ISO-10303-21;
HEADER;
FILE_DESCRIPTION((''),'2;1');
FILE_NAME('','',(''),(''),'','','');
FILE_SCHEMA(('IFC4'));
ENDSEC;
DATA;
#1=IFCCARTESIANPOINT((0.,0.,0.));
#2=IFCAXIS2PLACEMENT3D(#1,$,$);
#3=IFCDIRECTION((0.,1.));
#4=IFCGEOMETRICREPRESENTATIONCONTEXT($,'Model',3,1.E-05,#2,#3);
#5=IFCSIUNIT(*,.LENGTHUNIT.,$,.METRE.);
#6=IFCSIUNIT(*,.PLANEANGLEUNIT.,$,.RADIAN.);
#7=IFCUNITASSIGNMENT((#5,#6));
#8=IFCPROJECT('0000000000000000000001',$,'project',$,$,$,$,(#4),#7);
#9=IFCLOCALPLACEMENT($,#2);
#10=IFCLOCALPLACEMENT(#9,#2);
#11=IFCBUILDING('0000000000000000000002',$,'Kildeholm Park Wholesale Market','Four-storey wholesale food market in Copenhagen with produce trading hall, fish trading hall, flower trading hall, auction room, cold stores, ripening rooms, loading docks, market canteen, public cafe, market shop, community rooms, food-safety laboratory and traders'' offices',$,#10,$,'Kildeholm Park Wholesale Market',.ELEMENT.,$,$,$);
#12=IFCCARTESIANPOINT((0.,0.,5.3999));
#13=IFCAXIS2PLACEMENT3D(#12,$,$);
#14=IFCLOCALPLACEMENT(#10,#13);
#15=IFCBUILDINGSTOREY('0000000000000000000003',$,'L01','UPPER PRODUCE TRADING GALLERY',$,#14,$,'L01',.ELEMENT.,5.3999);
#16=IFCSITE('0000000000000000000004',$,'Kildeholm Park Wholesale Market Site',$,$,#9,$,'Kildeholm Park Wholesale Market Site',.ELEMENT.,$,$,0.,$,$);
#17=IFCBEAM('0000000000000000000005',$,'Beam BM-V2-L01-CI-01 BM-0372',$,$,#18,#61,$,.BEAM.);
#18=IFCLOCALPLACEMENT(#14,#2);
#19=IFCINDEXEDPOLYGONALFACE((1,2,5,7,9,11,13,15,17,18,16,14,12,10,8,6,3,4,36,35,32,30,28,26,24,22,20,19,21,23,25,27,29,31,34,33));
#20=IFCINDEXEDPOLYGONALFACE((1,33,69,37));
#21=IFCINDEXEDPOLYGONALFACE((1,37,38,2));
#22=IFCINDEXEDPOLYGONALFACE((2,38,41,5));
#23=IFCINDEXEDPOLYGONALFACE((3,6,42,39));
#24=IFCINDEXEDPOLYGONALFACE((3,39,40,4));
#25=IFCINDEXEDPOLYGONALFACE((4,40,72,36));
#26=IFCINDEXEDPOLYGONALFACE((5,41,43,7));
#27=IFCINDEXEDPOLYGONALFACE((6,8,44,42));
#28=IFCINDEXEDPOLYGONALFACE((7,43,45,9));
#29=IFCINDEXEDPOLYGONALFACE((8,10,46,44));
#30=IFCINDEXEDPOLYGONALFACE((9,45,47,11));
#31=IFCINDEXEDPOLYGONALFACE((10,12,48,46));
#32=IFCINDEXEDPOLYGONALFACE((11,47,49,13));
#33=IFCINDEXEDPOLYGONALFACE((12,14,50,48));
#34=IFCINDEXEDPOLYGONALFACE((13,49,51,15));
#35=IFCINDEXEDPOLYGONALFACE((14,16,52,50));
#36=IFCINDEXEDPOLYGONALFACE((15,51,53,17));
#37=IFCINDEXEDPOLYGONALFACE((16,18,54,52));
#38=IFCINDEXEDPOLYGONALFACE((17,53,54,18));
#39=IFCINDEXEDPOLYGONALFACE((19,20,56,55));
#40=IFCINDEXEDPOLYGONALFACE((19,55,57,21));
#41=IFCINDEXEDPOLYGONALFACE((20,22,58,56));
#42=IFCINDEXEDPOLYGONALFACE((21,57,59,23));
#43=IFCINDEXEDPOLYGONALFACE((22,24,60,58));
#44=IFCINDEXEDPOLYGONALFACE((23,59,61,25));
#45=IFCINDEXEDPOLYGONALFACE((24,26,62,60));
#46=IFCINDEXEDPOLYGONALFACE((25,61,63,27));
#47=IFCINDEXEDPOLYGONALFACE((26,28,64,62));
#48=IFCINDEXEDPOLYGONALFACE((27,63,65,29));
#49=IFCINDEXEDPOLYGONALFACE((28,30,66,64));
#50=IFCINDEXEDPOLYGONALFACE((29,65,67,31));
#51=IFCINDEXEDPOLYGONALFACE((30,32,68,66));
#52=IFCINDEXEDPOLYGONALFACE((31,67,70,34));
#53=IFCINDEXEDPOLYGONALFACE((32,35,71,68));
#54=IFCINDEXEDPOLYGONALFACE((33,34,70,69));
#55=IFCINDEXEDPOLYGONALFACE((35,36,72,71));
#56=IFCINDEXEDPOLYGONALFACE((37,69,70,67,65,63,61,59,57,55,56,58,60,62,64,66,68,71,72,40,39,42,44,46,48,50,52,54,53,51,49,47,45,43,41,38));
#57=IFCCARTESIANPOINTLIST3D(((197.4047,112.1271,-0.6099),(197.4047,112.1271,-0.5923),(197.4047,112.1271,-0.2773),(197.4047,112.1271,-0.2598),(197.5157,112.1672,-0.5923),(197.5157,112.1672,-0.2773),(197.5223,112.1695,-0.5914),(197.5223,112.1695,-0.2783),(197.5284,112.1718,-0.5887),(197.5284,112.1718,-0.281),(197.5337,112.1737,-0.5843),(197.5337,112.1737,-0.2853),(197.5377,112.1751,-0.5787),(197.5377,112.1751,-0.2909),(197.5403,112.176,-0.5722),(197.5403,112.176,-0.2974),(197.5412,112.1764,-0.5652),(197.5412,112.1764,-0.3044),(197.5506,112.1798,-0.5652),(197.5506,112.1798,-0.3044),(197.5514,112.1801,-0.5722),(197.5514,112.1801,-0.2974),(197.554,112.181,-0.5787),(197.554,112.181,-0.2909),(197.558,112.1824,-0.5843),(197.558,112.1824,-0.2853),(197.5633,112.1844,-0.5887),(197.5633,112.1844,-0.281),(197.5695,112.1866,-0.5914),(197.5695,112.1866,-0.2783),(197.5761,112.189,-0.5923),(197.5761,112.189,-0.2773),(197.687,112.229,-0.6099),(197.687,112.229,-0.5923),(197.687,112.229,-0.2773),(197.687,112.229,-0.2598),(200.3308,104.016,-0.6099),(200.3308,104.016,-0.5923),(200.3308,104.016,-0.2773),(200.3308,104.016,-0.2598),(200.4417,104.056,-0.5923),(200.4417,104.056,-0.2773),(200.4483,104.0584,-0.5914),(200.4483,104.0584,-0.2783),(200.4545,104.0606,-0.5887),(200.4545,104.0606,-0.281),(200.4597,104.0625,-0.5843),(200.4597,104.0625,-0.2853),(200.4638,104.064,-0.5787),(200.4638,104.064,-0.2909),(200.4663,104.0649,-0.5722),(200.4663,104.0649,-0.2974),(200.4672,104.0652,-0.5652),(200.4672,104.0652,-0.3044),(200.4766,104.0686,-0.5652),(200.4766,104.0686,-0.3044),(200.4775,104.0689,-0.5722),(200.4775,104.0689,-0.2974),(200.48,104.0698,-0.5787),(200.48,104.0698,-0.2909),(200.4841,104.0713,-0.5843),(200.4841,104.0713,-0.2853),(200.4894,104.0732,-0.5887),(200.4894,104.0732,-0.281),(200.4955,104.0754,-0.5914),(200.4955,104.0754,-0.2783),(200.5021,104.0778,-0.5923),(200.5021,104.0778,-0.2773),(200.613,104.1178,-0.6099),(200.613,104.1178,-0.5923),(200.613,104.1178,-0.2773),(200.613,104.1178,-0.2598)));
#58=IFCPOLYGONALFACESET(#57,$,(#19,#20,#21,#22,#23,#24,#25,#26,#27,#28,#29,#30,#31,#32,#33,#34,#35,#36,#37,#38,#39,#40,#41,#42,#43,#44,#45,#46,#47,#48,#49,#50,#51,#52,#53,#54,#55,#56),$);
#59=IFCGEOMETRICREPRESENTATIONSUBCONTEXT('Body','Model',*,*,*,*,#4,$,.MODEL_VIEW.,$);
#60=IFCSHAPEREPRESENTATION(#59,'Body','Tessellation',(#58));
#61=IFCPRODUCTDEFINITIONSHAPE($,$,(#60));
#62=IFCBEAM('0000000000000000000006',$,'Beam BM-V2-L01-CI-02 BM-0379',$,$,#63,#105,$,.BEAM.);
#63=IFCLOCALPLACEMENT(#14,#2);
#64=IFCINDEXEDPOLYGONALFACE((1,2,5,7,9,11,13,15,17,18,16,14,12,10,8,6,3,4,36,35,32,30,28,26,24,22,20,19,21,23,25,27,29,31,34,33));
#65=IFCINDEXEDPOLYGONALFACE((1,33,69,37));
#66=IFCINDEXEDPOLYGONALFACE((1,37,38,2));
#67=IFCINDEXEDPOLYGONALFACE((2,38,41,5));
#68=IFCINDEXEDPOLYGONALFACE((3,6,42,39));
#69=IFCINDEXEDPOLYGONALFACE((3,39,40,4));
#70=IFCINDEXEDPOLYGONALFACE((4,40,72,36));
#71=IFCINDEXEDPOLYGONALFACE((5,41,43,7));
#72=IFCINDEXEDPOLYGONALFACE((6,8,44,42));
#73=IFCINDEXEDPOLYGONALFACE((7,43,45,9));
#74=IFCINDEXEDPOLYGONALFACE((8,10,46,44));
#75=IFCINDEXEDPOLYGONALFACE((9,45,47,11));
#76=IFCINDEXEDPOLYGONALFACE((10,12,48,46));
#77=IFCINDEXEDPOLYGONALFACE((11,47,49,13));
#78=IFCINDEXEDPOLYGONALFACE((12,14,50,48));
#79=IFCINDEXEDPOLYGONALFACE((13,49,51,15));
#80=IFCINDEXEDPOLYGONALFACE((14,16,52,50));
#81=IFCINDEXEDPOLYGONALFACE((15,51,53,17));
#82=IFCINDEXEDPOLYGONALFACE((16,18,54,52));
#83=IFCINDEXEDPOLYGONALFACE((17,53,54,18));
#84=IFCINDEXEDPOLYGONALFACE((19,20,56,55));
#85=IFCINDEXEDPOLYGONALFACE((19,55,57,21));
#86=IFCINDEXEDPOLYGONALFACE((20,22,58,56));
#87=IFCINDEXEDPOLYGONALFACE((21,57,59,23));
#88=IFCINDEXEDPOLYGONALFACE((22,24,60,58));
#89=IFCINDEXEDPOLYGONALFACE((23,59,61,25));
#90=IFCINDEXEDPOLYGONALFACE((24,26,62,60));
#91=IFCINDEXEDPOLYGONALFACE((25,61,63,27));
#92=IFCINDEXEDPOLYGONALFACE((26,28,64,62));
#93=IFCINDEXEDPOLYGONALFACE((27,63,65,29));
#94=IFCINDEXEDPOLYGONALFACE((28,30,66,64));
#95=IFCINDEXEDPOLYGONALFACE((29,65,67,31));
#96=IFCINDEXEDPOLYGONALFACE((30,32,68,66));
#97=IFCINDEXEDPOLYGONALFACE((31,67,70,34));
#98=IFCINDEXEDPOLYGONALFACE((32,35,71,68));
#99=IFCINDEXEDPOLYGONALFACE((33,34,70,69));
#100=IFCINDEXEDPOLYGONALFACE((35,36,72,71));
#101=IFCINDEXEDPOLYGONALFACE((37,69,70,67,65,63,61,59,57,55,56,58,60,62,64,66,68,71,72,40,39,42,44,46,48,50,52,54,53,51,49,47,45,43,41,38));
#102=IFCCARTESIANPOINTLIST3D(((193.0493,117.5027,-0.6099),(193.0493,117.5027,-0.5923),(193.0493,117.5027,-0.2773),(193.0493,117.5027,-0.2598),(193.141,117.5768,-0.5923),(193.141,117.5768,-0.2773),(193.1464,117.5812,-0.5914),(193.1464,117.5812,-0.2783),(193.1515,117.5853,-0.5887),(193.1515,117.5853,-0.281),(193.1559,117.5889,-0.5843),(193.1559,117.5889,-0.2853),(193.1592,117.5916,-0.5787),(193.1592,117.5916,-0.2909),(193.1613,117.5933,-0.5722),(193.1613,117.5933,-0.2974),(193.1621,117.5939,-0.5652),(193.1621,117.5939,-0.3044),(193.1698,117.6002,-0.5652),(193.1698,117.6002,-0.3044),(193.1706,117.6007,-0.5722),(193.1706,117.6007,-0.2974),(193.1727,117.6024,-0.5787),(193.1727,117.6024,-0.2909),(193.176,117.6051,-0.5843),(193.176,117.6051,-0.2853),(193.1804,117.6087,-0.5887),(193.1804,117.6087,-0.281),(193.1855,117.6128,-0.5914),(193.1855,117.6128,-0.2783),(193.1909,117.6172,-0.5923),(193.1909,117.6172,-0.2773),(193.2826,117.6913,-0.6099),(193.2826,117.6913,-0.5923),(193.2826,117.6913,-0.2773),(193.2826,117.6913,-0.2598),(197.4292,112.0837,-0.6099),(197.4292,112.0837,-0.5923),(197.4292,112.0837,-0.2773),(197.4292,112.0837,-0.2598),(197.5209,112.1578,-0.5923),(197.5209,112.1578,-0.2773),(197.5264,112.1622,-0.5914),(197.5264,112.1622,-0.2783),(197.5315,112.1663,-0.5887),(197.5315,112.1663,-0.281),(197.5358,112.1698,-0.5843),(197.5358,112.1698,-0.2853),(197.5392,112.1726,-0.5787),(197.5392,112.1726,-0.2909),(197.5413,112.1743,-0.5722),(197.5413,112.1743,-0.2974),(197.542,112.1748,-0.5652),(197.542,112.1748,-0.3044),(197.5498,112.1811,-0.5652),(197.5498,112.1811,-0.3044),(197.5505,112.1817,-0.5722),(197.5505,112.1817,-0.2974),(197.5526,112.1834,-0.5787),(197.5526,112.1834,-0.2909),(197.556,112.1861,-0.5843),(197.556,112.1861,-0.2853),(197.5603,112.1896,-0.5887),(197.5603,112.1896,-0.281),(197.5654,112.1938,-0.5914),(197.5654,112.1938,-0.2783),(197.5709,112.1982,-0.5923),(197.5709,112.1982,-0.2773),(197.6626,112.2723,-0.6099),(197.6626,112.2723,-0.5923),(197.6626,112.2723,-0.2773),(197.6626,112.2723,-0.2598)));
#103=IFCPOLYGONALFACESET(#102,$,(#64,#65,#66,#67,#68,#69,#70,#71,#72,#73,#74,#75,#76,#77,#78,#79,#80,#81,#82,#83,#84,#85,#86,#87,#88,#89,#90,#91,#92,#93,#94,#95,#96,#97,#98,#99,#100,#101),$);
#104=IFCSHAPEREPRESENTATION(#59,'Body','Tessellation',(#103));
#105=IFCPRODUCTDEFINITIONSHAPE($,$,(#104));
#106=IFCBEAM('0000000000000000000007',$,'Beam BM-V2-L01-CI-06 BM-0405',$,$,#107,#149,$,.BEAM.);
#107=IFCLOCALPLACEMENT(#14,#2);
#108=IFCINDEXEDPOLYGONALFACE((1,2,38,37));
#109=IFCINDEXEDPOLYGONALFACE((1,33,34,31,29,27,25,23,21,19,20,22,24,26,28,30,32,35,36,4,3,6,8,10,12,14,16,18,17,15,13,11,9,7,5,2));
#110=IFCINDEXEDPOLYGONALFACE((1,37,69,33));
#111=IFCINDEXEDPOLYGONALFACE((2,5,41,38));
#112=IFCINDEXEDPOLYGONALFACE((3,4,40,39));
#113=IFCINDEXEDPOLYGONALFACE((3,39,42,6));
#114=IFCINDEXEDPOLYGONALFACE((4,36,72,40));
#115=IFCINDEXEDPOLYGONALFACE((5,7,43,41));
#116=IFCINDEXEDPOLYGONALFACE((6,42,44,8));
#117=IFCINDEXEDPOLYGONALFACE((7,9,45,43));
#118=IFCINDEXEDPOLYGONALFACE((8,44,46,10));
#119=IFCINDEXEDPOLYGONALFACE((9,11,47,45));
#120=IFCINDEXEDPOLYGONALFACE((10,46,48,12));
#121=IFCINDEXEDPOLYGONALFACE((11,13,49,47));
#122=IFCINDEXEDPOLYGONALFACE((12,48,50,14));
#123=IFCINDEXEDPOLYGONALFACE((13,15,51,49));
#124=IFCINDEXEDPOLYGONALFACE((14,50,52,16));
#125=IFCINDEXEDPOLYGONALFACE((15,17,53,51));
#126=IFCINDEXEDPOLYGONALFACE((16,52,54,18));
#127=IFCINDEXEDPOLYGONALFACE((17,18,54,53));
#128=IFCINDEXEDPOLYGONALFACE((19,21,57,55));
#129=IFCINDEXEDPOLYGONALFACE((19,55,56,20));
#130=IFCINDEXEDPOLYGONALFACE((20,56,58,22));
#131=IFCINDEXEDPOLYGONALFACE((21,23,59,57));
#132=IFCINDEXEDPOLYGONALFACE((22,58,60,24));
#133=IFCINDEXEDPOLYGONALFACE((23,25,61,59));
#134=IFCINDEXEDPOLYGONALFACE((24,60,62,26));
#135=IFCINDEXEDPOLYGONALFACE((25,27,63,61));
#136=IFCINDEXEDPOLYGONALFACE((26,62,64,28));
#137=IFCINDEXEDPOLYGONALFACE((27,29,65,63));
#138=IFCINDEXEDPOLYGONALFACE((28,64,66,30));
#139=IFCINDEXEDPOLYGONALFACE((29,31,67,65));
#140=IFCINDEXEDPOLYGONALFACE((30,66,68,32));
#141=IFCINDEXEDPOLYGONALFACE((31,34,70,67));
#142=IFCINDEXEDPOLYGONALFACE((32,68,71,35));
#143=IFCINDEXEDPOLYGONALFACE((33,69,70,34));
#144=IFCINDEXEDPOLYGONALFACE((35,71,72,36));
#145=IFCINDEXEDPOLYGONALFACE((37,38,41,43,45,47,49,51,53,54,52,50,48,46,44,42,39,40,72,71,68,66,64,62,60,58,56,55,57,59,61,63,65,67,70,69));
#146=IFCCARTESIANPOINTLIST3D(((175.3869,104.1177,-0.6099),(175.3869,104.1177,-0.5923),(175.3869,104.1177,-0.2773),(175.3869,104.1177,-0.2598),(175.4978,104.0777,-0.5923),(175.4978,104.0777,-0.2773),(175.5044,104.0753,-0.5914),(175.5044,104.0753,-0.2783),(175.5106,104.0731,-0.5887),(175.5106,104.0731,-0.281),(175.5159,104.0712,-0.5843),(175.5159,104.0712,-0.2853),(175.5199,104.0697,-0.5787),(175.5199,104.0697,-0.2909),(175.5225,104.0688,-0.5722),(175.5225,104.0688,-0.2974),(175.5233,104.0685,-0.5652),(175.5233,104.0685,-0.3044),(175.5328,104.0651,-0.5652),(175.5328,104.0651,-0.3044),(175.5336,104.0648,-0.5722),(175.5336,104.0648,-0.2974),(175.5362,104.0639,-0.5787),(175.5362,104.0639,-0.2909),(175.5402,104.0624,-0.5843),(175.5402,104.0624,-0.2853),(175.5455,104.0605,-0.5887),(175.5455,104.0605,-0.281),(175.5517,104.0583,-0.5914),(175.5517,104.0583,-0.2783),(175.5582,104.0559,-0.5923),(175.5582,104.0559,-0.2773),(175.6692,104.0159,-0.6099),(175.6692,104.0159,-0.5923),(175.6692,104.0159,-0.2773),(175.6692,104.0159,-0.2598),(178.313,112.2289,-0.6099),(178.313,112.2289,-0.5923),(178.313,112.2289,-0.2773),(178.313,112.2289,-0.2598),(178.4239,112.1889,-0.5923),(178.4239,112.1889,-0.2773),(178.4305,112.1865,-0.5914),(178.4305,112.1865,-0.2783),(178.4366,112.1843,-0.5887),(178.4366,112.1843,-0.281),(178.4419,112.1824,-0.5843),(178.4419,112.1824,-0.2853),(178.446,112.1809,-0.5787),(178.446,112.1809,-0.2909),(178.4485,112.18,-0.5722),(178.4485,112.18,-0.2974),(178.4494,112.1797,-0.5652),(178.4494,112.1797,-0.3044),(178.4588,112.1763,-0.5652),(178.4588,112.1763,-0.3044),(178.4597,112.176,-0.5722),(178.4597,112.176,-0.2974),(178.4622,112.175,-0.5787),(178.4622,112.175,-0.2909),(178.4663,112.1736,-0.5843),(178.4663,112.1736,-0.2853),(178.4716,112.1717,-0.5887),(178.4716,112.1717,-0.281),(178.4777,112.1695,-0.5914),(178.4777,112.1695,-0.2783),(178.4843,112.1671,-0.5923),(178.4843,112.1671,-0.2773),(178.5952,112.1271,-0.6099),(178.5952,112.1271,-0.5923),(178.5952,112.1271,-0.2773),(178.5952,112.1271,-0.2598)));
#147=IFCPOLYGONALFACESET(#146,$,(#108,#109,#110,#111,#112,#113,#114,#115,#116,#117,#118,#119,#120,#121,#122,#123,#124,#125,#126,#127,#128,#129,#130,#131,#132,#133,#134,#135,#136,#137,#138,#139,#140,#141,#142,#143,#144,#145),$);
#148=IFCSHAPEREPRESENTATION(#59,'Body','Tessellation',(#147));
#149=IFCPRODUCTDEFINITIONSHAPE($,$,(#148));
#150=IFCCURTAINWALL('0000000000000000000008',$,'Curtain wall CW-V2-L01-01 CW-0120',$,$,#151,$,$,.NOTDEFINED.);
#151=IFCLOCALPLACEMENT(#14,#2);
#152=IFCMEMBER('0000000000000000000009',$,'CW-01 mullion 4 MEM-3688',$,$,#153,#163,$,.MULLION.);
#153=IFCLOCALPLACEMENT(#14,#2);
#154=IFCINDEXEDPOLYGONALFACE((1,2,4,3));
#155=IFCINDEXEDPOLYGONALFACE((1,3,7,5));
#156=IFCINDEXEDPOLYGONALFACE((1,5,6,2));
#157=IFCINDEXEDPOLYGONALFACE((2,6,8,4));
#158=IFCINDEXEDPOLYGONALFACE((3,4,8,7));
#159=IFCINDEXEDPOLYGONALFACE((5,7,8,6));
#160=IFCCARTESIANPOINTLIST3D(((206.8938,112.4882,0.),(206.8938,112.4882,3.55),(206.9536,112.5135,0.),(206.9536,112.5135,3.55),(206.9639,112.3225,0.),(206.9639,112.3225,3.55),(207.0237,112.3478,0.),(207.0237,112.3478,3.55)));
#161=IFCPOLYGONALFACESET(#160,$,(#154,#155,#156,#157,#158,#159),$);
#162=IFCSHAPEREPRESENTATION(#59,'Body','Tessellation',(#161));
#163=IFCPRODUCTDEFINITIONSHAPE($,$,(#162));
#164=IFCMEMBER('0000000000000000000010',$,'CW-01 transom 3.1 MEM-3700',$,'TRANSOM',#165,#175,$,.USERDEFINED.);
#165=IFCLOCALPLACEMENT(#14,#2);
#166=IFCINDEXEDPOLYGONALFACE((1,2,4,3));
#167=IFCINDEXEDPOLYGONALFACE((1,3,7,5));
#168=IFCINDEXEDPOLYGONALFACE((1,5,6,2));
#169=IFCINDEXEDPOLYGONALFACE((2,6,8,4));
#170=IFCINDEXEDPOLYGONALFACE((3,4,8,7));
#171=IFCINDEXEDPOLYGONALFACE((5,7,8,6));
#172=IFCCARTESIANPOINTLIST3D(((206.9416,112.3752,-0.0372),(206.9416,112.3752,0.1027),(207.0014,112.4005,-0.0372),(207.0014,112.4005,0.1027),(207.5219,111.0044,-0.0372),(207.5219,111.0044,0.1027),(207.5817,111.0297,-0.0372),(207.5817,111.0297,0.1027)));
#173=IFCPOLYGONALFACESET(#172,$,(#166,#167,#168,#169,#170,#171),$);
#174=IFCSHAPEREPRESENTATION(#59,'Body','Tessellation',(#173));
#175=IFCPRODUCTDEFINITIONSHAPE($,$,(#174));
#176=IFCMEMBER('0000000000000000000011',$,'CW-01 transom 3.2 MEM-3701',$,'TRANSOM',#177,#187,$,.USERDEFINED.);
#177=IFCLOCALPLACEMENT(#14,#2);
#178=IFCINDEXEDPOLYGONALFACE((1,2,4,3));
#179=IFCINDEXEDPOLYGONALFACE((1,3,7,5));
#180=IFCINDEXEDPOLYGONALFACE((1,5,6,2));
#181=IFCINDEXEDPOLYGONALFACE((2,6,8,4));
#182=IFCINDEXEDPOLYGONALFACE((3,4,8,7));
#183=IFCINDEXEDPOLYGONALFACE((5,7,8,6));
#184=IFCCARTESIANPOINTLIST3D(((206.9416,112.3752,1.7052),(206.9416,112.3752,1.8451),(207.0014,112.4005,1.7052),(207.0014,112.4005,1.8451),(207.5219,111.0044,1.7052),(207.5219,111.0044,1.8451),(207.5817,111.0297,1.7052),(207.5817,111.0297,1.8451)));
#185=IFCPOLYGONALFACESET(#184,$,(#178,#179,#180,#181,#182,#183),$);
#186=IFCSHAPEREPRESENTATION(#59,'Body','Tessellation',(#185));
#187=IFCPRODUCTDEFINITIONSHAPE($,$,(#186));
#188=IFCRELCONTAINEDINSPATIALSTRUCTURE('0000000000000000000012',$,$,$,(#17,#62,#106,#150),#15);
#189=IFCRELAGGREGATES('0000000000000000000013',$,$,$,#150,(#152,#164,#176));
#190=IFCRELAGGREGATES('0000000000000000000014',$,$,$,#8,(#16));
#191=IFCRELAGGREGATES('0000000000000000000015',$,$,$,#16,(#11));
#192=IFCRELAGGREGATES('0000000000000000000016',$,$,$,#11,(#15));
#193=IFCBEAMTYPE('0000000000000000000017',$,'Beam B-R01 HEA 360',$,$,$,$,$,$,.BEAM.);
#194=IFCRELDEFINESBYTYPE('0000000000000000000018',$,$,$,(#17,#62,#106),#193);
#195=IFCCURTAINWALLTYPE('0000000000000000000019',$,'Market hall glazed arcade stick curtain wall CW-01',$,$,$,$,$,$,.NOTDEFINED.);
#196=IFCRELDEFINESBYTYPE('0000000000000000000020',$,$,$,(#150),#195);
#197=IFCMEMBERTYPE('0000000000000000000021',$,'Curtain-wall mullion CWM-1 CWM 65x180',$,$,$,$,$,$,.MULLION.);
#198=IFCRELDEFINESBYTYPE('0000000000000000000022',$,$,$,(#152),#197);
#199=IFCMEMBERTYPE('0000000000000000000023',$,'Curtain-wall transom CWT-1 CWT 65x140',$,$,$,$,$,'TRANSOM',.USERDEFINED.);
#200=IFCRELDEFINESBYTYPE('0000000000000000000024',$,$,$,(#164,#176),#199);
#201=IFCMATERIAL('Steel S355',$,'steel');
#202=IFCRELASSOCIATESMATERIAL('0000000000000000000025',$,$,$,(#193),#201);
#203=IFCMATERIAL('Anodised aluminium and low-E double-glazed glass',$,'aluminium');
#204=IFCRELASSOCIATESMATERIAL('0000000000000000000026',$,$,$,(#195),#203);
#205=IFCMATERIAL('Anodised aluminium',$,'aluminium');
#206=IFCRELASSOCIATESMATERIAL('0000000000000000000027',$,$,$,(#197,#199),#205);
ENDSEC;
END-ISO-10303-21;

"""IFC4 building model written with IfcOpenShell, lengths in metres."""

from ifc_helpers import new_model, si_unit, direction, frame, origin, origin_2d, place, context, subcontext, project, spatial, rectangle, i_section, extrude, material, material_profile, profile_set, type_object, element, aggregate, save


model = new_model("IFC4")

# Units and contexts
model_context = context("Model", 3, precision=1e-05, world=origin(), true_north=direction((0.0, 1.0)))
body_context = subcontext(model_context, "Body", "Model", "MODEL_VIEW")
ifc_project = project(units=[si_unit("LENGTHUNIT", "METRE"), si_unit("PLANEANGLEUNIT", "RADIAN")], contexts=[model_context])

# Site, building, storey
site_placement = place(None, origin())
site = spatial("IfcSite", under=ifc_project, at=site_placement, Name="Kildeholm Park Wholesale Market Site", LongName="Kildeholm Park Wholesale Market Site", CompositionType="ELEMENT", RefElevation=0.0)
building_placement = place(site_placement, origin())
building = spatial("IfcBuilding", under=site, at=building_placement, Name="Kildeholm Park Wholesale Market", Description="Four-storey wholesale food market in Copenhagen with produce trading hall, fish trading hall, flower trading hall, auction room, cold stores, ripening rooms, loading docks, market canteen, public cafe, market shop, community rooms, food-safety laboratory and traders' offices", LongName="Kildeholm Park Wholesale Market", CompositionType="ELEMENT")
storey_placement = place(building_placement, frame((0.0, 0.0, 5.3999)))
storey = spatial("IfcBuildingStorey", under=building, at=storey_placement, Name="L01", Description="UPPER PRODUCE TRADING GALLERY", LongName="L01", CompositionType="ELEMENT", Elevation=5.3999)

# Shared definitions
ifc_material_1 = material(Name="Steel S355", Category="steel")

# Beams
ifc_material_profile_1 = material_profile(ifc_material_1, i_section(OverallWidth=0.3, OverallDepth=0.3501, WebThickness=0.01, FlangeThickness=0.0176, FilletRadius=0.0271, at=origin_2d()), Name="HEA 360")
ifc_profile_set_1 = profile_set([ifc_material_profile_1], Name="Steel S355")
beam_type_1 = type_object("IfcBeamType", Name="Beam B-R01 HEA 360", PredefinedType="BEAM", material=ifc_profile_set_1)
beam_1_placement = place(storey_placement, frame((200.4719, 104.0669, -0.4348), z_axis=(-0.339339, 0.940664, 0.0), x_axis=(-0.940664, -0.339339, 0.0)))
element("IfcBeam", 1, at=beam_1_placement, inside=storey, type_object=beam_type_1, Name="Beam BM-V2-L01-CI-01 BM-0372", PredefinedType="BEAM", context=body_context, shape_type="SweptSolid", body=[
    extrude(i_section(OverallWidth=0.3, OverallDepth=0.3501, WebThickness=0.01, FlangeThickness=0.0176, FilletRadius=0.0271, at=origin_2d()), origin(), (0.0, 0.0, 1.0), 8.6228),
])
beam_2_placement = place(storey_placement, frame((197.5459, 112.178, -0.4348), z_axis=(-0.628601, 0.777728, 0.0), x_axis=(-0.777728, -0.628601, 0.0)))
element("IfcBeam", 2, at=beam_2_placement, inside=storey, type_object=beam_type_1, Name="Beam BM-V2-L01-CI-02 BM-0379", PredefinedType="BEAM", context=body_context, shape_type="SweptSolid", body=[
    extrude(i_section(OverallWidth=0.3, OverallDepth=0.3501, WebThickness=0.01, FlangeThickness=0.0176, FilletRadius=0.0271, at=origin_2d()), origin(), (0.0, 0.0, 1.0), 6.9678),
])
beam_3_placement = place(storey_placement, frame((178.4541, 112.178, -0.4348), z_axis=(-0.339339, -0.940664, 0.0), x_axis=(0.940664, -0.339339, 0.0)))
element("IfcBeam", 3, at=beam_3_placement, inside=storey, type_object=beam_type_1, Name="Beam BM-V2-L01-CI-06 BM-0405", PredefinedType="BEAM", context=body_context, shape_type="SweptSolid", body=[
    extrude(i_section(OverallWidth=0.3, OverallDepth=0.3501, WebThickness=0.01, FlangeThickness=0.0176, FilletRadius=0.0271, at=origin_2d()), origin(), (0.0, 0.0, 1.0), 8.6228),
])

# Curtain wall, members
ifc_material_2 = material(Name="Anodised aluminium and low-E double-glazed glass", Category="aluminium")
curtain_wall_type = type_object("IfcCurtainWallType", Name="Market hall glazed arcade stick curtain wall CW-01", PredefinedType="NOTDEFINED", material=ifc_material_2)
curtain_wall_placement = place(storey_placement, origin())
curtain_wall = element("IfcCurtainWall", 4, at=curtain_wall_placement, inside=storey, type_object=curtain_wall_type, Name="Curtain wall CW-V2-L01-01 CW-0120", PredefinedType="NOTDEFINED")
ifc_material_3 = material(Name="Anodised aluminium", Category="aluminium")
ifc_material_profile_2 = material_profile(ifc_material_3, rectangle(XDim=0.0649, YDim=0.1799, at=origin_2d()), Name="CWM 65x180")
ifc_profile_set_2 = profile_set([ifc_material_profile_2], Name="Anodised aluminium")
member_type_1 = type_object("IfcMemberType", Name="Curtain-wall mullion CWM-1 CWM 65x180", PredefinedType="MULLION", material=ifc_profile_set_2)
member_1_placement = place(storey_placement, frame((206.9587, 112.418, 0.0), z_axis=(0.0, 0.0, 1.0), x_axis=(-0.920855, -0.389905, 0.0)))
member_1 = element("IfcMember", 5, at=member_1_placement, type_object=member_type_1, Name="CW-01 mullion 4 MEM-3688", PredefinedType="MULLION", context=body_context, shape_type="SweptSolid", body=[
    extrude(rectangle(XDim=0.0649, YDim=0.1799, at=origin_2d()), origin(), (0.0, 0.0, 1.0), 3.55),
])
ifc_material_profile_3 = material_profile(ifc_material_3, rectangle(XDim=0.0649, YDim=0.1399, at=origin_2d()), Name="CWT 65x140")
ifc_profile_set_3 = profile_set([ifc_material_profile_3], Name="Anodised aluminium")
member_type_2 = type_object("IfcMemberType", Name="Curtain-wall transom CWT-1 CWT 65x140", ElementType="TRANSOM", PredefinedType="USERDEFINED", material=ifc_profile_set_3)
member_2_placement = place(storey_placement, frame((207.5518, 111.0171, 0.0327), z_axis=(-0.389838, 0.920883, 0.0), x_axis=(-0.920883, -0.389838, 0.0)))
member_2 = element("IfcMember", 6, at=member_2_placement, type_object=member_type_2, Name="CW-01 transom 3.1 MEM-3700", ObjectType="TRANSOM", PredefinedType="USERDEFINED", context=body_context, shape_type="SweptSolid", body=[
    extrude(rectangle(XDim=0.0649, YDim=0.1399, at=origin_2d()), origin(), (0.0, 0.0, 1.0), 1.4885),
])
member_3_placement = place(storey_placement, frame((207.5518, 111.0171, 1.7751), z_axis=(-0.389838, 0.920883, 0.0), x_axis=(-0.920883, -0.389838, 0.0)))
member_3 = element("IfcMember", 7, at=member_3_placement, type_object=member_type_2, Name="CW-01 transom 3.2 MEM-3701", ObjectType="TRANSOM", PredefinedType="USERDEFINED", context=body_context, shape_type="SweptSolid", body=[
    extrude(rectangle(XDim=0.0649, YDim=0.1399, at=origin_2d()), origin(), (0.0, 0.0, 1.0), 1.4885),
])
aggregate(curtain_wall, [member_1, member_2, member_3])

save(model, "model.ifc")
